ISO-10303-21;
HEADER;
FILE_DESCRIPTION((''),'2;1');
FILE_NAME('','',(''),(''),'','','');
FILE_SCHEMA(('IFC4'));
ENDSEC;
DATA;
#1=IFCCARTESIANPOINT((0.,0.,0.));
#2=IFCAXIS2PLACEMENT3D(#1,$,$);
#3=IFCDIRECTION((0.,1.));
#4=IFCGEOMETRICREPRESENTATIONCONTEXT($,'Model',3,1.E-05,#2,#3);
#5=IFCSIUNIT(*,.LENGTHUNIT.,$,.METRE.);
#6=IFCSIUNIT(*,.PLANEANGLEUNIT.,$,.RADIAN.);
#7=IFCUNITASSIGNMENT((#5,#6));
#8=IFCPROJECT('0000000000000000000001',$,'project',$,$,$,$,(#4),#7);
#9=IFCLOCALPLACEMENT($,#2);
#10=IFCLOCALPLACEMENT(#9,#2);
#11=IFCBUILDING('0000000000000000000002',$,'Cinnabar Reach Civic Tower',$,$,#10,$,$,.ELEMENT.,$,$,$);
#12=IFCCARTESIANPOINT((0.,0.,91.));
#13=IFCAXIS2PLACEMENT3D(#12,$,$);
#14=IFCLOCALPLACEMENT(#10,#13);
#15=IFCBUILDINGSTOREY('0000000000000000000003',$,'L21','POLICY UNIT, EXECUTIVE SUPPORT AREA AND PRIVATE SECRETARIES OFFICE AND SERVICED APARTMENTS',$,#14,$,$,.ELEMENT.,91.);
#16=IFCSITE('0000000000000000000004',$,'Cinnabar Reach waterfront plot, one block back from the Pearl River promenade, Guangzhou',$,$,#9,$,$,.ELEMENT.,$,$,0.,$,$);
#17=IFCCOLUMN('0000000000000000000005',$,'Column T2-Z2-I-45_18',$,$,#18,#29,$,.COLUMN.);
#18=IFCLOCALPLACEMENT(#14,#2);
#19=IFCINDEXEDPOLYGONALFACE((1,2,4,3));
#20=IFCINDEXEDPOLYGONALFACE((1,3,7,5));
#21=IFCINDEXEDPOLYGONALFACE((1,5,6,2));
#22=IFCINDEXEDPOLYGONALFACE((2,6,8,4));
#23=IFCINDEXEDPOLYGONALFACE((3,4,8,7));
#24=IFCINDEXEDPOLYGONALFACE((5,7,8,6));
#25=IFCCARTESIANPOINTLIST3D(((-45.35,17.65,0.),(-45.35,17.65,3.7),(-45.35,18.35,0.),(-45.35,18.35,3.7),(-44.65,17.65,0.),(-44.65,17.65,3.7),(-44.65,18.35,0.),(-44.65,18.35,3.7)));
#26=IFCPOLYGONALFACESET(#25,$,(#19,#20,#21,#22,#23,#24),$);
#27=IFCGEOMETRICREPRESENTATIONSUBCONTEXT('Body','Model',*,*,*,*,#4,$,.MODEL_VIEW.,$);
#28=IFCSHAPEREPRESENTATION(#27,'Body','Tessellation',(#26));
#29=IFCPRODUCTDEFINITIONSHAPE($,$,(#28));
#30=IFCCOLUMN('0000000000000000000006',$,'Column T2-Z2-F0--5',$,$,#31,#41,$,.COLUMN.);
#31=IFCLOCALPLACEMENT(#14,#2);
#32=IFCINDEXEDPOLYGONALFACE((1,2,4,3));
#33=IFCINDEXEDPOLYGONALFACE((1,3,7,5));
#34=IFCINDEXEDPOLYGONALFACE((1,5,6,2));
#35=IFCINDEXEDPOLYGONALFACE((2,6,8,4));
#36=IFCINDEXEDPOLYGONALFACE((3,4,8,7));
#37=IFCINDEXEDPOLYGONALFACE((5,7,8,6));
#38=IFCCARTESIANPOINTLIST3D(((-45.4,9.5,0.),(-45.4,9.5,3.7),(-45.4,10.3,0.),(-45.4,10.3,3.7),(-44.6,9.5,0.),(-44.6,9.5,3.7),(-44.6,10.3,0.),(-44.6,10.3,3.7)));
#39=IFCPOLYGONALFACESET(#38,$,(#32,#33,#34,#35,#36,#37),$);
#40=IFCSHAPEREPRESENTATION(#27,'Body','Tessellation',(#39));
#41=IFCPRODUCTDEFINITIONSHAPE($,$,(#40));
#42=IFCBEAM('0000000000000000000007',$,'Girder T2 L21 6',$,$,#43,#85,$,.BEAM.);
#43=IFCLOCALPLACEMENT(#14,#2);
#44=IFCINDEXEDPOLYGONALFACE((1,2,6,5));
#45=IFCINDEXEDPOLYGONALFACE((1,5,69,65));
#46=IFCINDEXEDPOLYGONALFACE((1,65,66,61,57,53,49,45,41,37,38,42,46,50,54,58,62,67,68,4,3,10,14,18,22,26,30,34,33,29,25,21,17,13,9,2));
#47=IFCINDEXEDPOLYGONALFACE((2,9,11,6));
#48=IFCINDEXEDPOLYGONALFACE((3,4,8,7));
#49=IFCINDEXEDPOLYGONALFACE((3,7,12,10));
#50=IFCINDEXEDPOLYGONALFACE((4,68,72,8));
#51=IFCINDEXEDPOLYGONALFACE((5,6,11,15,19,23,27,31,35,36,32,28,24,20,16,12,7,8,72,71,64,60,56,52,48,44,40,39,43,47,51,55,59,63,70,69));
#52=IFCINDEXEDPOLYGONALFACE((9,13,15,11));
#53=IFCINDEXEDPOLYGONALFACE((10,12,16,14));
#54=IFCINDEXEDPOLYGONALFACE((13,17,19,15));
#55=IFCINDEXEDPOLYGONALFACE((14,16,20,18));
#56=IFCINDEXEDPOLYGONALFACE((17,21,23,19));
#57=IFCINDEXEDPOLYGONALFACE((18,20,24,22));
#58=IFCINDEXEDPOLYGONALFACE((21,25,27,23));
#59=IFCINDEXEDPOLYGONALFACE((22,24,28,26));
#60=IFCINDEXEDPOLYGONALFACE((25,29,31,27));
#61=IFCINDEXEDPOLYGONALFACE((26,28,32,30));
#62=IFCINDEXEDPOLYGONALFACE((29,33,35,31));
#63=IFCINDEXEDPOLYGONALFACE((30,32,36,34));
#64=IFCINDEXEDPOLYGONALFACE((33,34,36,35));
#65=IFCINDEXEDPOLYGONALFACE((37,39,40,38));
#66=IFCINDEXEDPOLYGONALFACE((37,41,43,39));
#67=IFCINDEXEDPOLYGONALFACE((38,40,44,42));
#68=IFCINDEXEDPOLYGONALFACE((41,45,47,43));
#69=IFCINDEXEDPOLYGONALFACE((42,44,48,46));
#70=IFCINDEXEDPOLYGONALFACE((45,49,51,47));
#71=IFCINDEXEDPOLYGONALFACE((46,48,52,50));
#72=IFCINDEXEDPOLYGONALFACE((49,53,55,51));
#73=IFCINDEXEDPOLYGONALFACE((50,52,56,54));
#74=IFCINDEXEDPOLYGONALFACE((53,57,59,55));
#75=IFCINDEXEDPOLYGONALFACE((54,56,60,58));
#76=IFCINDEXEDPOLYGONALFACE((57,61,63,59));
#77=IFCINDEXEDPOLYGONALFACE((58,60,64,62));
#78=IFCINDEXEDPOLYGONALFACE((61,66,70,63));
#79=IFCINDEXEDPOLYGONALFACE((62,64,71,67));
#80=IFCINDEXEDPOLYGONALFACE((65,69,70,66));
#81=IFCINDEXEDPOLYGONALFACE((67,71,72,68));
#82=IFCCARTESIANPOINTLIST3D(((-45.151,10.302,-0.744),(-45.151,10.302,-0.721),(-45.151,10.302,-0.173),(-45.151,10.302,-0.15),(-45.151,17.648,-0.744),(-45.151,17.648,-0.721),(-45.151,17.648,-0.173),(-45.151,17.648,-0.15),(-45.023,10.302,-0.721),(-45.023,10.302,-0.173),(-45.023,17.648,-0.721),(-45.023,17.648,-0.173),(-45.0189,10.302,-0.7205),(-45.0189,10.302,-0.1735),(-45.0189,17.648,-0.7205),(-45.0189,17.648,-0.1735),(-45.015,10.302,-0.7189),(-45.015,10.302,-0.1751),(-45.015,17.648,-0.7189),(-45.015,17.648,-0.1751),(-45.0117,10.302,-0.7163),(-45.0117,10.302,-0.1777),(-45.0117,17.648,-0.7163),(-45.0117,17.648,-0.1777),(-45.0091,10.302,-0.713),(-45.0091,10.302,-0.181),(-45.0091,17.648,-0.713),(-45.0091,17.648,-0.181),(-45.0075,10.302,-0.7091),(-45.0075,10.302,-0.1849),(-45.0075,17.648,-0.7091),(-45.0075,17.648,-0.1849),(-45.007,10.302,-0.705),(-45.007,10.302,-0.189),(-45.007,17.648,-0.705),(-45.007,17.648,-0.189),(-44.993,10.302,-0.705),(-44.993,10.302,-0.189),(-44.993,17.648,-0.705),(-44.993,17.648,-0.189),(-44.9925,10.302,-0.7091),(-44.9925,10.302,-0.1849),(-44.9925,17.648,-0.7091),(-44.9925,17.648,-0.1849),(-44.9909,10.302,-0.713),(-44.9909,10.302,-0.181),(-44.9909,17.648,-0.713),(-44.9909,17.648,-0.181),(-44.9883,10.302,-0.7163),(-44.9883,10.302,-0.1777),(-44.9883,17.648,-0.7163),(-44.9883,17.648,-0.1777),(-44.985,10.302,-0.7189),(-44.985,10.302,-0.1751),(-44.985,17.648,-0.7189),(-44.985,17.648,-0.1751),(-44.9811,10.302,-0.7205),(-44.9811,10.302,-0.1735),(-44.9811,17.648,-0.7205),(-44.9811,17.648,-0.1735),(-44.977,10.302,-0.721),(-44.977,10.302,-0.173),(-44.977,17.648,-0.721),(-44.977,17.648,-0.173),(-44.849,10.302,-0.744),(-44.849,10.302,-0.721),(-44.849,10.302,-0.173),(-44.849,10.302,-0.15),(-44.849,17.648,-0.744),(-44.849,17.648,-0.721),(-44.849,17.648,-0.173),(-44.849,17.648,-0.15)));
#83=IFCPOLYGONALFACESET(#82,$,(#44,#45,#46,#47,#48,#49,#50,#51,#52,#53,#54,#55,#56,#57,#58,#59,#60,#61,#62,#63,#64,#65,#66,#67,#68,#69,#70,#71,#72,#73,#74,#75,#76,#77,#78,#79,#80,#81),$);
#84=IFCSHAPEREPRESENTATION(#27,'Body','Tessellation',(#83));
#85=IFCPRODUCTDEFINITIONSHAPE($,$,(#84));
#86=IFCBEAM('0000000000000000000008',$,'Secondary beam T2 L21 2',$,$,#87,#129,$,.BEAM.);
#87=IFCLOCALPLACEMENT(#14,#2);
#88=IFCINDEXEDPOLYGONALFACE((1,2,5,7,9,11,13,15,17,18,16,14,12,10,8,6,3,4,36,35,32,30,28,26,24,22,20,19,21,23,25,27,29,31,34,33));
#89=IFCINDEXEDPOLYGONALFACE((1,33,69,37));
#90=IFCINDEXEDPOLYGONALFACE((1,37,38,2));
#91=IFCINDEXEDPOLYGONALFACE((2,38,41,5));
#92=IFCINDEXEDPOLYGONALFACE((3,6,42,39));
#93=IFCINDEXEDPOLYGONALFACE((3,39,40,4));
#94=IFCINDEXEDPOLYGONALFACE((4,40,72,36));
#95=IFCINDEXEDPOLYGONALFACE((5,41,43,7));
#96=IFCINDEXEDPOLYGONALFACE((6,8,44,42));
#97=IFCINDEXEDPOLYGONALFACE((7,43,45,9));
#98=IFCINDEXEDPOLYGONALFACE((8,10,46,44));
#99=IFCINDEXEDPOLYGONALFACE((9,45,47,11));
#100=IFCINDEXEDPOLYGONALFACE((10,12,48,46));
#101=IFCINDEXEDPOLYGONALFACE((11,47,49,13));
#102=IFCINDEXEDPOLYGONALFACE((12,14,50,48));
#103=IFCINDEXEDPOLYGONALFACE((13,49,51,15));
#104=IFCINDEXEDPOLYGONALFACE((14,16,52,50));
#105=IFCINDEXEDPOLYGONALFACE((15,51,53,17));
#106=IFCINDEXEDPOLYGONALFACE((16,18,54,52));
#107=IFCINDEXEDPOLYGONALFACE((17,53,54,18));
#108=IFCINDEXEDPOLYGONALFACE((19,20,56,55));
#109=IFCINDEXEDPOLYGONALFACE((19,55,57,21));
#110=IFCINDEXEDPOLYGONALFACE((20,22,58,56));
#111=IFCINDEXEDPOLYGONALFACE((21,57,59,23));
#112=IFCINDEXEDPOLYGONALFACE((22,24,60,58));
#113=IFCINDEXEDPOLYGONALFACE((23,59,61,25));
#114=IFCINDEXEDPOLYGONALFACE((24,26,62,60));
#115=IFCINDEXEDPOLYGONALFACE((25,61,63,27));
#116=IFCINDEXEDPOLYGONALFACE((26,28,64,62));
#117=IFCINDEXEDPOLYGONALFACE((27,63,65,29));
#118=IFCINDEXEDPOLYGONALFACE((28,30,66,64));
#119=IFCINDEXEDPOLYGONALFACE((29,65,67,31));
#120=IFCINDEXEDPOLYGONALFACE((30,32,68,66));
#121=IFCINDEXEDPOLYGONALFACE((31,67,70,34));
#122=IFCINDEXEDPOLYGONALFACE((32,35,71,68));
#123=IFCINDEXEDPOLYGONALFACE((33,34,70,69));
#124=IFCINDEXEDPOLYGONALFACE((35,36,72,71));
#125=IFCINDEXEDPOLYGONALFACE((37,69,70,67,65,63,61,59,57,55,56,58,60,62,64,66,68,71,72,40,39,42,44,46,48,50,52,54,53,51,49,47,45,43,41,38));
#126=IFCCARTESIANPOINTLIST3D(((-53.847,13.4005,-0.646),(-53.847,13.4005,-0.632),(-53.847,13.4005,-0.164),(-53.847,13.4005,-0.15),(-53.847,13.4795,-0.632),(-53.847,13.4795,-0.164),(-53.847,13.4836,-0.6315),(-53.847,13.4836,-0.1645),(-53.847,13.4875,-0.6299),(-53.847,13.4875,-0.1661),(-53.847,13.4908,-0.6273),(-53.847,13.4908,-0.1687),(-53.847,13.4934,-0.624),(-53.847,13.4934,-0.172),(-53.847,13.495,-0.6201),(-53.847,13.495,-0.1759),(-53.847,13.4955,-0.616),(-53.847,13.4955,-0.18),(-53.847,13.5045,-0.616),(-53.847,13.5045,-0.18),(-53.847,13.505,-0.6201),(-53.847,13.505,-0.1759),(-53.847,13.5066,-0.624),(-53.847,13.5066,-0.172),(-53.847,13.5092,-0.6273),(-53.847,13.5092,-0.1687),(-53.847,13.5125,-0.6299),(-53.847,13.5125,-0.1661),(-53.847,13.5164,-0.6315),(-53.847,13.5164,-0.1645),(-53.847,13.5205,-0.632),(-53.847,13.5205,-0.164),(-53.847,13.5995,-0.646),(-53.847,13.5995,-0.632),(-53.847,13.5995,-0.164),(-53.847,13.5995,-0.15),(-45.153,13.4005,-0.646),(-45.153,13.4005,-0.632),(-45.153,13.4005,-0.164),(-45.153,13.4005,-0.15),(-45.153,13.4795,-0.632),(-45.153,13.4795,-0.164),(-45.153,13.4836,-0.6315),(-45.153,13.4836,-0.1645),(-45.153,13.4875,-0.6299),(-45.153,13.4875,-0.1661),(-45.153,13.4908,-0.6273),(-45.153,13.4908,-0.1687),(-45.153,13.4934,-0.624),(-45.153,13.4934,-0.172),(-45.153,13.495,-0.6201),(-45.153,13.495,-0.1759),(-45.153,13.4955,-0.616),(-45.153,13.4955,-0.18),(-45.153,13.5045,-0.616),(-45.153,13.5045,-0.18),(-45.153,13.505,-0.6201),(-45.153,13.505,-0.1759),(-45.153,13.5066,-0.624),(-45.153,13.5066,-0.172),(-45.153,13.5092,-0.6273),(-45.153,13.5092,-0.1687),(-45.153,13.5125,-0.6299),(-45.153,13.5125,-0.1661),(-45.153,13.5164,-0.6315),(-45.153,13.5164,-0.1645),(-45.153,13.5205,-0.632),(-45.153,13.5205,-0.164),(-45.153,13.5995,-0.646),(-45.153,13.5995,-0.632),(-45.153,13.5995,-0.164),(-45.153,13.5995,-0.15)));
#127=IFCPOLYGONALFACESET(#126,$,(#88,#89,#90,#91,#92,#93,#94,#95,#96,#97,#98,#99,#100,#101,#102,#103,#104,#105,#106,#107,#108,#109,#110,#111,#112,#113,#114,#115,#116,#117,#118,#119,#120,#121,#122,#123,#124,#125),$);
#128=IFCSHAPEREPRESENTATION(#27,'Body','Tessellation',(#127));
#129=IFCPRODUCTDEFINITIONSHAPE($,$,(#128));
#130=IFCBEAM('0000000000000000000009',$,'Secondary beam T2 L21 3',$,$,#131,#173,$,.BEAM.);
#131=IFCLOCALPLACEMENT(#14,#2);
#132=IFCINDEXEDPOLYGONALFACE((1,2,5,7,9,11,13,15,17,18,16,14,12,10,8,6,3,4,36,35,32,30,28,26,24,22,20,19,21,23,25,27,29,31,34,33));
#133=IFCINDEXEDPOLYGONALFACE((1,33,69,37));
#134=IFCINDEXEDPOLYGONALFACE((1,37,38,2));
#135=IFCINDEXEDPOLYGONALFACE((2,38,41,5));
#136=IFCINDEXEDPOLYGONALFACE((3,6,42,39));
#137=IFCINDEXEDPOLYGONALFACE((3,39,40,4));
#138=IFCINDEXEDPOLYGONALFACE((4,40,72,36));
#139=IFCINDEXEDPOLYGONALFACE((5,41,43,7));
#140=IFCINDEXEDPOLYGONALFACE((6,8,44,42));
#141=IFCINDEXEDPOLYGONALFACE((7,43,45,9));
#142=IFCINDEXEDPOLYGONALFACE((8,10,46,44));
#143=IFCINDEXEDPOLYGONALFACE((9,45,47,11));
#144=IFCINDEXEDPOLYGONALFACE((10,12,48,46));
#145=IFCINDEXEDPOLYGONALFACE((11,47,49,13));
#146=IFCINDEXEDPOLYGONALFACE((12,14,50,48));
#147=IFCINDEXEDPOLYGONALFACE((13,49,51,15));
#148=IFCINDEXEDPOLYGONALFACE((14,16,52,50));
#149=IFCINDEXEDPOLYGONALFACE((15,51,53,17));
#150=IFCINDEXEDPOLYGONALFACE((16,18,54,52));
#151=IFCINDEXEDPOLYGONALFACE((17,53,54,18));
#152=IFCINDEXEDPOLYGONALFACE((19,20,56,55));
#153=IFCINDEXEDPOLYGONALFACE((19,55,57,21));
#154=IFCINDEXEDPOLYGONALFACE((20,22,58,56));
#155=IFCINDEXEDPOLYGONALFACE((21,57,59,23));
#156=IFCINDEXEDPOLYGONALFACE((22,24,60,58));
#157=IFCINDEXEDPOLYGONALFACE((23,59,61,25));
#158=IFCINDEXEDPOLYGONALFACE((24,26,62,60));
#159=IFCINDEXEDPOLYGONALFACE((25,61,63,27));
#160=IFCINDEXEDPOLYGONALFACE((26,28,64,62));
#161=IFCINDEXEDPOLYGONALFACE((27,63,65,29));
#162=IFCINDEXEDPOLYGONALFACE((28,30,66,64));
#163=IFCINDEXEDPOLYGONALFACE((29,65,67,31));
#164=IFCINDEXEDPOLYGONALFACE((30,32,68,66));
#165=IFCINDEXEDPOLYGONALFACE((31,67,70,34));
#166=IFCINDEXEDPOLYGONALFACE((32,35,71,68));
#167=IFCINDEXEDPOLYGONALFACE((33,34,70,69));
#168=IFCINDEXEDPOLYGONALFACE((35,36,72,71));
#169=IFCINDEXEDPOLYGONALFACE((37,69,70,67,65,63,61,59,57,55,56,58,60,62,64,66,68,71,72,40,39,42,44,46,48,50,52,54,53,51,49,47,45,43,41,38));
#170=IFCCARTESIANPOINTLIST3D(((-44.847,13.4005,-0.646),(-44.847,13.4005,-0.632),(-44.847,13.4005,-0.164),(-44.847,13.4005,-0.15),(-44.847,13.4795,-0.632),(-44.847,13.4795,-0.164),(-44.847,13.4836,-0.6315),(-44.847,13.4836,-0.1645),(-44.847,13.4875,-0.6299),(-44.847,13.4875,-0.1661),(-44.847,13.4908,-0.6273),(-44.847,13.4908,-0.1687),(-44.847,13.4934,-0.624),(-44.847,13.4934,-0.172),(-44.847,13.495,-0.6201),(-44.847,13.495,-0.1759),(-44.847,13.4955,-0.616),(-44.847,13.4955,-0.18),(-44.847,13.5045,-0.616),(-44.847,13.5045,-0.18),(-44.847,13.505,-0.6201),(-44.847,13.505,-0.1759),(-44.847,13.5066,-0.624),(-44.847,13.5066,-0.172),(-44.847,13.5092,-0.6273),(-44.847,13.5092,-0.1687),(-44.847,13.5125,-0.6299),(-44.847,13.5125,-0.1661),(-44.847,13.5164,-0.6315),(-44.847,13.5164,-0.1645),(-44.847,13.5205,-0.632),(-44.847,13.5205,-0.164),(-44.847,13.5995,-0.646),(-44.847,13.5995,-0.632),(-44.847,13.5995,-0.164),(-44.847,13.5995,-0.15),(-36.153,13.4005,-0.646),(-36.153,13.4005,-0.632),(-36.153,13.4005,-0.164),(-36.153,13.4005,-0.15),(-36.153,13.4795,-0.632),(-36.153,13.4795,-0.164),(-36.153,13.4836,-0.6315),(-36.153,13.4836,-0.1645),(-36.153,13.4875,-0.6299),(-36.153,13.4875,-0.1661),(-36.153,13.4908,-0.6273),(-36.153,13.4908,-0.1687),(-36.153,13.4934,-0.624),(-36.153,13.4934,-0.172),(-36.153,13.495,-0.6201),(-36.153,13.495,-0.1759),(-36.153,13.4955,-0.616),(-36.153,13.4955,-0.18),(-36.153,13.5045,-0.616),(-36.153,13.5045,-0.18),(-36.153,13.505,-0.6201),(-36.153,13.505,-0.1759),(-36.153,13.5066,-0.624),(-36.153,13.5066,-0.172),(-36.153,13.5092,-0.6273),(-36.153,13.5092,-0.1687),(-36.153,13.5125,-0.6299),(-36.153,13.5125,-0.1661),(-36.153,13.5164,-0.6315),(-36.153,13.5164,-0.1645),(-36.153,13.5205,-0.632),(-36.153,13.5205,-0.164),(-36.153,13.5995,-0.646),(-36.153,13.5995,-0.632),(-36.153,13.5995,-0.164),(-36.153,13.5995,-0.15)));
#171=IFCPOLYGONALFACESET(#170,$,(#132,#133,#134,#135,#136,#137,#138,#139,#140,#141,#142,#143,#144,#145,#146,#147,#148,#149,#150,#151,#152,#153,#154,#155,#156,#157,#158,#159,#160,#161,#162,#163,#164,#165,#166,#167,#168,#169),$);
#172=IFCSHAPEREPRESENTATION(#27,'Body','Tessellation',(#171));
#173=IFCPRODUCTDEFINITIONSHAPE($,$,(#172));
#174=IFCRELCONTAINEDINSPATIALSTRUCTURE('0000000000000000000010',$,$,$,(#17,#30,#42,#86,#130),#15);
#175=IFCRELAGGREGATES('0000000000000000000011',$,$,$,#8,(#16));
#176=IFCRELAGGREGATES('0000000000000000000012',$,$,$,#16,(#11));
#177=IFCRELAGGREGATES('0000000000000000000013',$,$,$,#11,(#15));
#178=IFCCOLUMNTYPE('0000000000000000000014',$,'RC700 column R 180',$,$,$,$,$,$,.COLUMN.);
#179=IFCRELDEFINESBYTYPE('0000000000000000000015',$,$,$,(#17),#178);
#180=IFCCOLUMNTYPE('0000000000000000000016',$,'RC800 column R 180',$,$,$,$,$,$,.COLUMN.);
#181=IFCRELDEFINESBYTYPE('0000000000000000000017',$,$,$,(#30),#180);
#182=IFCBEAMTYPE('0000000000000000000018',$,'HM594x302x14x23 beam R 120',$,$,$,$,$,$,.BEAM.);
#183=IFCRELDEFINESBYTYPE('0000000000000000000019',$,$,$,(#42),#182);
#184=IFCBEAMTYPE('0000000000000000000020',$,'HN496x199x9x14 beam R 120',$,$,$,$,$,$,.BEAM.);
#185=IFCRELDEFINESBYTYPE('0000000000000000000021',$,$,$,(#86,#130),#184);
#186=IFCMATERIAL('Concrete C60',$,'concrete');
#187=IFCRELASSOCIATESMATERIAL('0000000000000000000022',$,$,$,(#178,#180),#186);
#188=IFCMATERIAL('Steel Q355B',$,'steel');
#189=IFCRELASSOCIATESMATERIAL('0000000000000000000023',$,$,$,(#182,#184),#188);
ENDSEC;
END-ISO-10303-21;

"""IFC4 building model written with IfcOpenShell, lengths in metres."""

from ifc_helpers import new_model, si_unit, direction, frame, origin, origin_2d, place, context, subcontext, project, spatial, rectangle, i_section, extrude, material, material_profile, profile_set, type_object, element, save


model = new_model("IFC4")

# Units and contexts
model_context = context("Model", 3, precision=1e-05, world=origin(), true_north=direction((0.0, 1.0)))
body_context = subcontext(model_context, "Body", "Model", "MODEL_VIEW")
ifc_project = project(units=[si_unit("LENGTHUNIT", "METRE"), si_unit("PLANEANGLEUNIT", "RADIAN")], contexts=[model_context])

# Site, building, storey
site_placement = place(None, origin())
site = spatial("IfcSite", under=ifc_project, at=site_placement, Name="Cinnabar Reach waterfront plot, one block back from the Pearl River promenade, Guangzhou", CompositionType="ELEMENT", RefElevation=0.0)
building_placement = place(site_placement, origin())
building = spatial("IfcBuilding", under=site, at=building_placement, Name="Cinnabar Reach Civic Tower", CompositionType="ELEMENT")
storey_placement = place(building_placement, frame((0.0, 0.0, 91.0)))
storey = spatial("IfcBuildingStorey", under=building, at=storey_placement, Name="L21", Description="POLICY UNIT, EXECUTIVE SUPPORT AREA AND PRIVATE SECRETARIES OFFICE AND SERVICED APARTMENTS", CompositionType="ELEMENT", Elevation=91.0)

# Columns
ifc_material_1 = material(Name="Concrete C60", Category="concrete")
ifc_material_profile_1 = material_profile(ifc_material_1, rectangle(XDim=0.7, YDim=0.7, at=origin_2d()), Name="RC700")
ifc_profile_set_1 = profile_set([ifc_material_profile_1], Name="Concrete C60")
column_type_1 = type_object("IfcColumnType", Name="RC700 column R 180", PredefinedType="COLUMN", material=ifc_profile_set_1)
column_1_placement = place(storey_placement, frame((-45.0, 18.0, 0.0), z_axis=(0.0, 0.0, 1.0), x_axis=(1.0, 0.0, 0.0)))
element("IfcColumn", 1, at=column_1_placement, inside=storey, type_object=column_type_1, Name="Column T2-Z2-I-45_18", PredefinedType="COLUMN", context=body_context, shape_type="SweptSolid", body=[
    extrude(rectangle(XDim=0.7, YDim=0.7, at=origin_2d()), origin(), (0.0, 0.0, 1.0), 3.7),
])
ifc_material_profile_2 = material_profile(ifc_material_1, rectangle(XDim=0.8, YDim=0.8, at=origin_2d()), Name="RC800")
ifc_profile_set_2 = profile_set([ifc_material_profile_2], Name="Concrete C60")
column_type_2 = type_object("IfcColumnType", Name="RC800 column R 180", PredefinedType="COLUMN", material=ifc_profile_set_2)
column_2_placement = place(storey_placement, frame((-45.0, 9.9, 0.0), z_axis=(0.0, 0.0, 1.0), x_axis=(1.0, 0.0, 0.0)))
element("IfcColumn", 2, at=column_2_placement, inside=storey, type_object=column_type_2, Name="Column T2-Z2-F0--5", PredefinedType="COLUMN", context=body_context, shape_type="SweptSolid", body=[
    extrude(rectangle(XDim=0.8, YDim=0.8, at=origin_2d()), origin(), (0.0, 0.0, 1.0), 3.7),
])

# Beams
ifc_material_2 = material(Name="Steel Q355B", Category="steel")
ifc_material_profile_3 = material_profile(ifc_material_2, i_section(OverallWidth=0.302, OverallDepth=0.594, WebThickness=0.014, FlangeThickness=0.023, FilletRadius=0.016, at=origin_2d()), Name="HM594x302x14x23")
ifc_profile_set_3 = profile_set([ifc_material_profile_3], Name="Steel Q355B")
beam_type_1 = type_object("IfcBeamType", Name="HM594x302x14x23 beam R 120", PredefinedType="BEAM", material=ifc_profile_set_3)
beam_1_placement = place(storey_placement, frame((-45.0, 10.302, -0.447), z_axis=(0.0, 1.0, 0.0), x_axis=(-1.0, 0.0, 0.0)))
element("IfcBeam", 3, at=beam_1_placement, inside=storey, type_object=beam_type_1, Name="Girder T2 L21 6", PredefinedType="BEAM", context=body_context, shape_type="SweptSolid", body=[
    extrude(i_section(OverallWidth=0.302, OverallDepth=0.594, WebThickness=0.014, FlangeThickness=0.023, FilletRadius=0.016, at=origin_2d()), origin(), (0.0, 0.0, 1.0), 7.346),
])
ifc_material_profile_4 = material_profile(ifc_material_2, i_section(OverallWidth=0.199, OverallDepth=0.496, WebThickness=0.009, FlangeThickness=0.014, FilletRadius=0.016, at=origin_2d()), Name="HN496x199x9x14")
ifc_profile_set_4 = profile_set([ifc_material_profile_4], Name="Steel Q355B")
beam_type_2 = type_object("IfcBeamType", Name="HN496x199x9x14 beam R 120", PredefinedType="BEAM", material=ifc_profile_set_4)
for number, where, z_axis, x_axis, name in (
    (4, (-53.847, 13.5, -0.398), (1.0, 0.0, 0.0), (0.0, 1.0, 0.0), "Secondary beam T2 L21 2"),
    (5, (-44.847, 13.5, -0.398), (1.0, 0.0, 0.0), (0.0, 1.0, 0.0), "Secondary beam T2 L21 3"),
):
    element("IfcBeam", number, at=place(storey_placement, frame(where, z_axis=z_axis, x_axis=x_axis)), inside=storey, type_object=beam_type_2, Name=name, PredefinedType="BEAM", context=body_context, shape_type="SweptSolid", body=[
        extrude(i_section(OverallWidth=0.199, OverallDepth=0.496, WebThickness=0.009, FlangeThickness=0.014, FilletRadius=0.016, at=origin_2d()), origin(), (0.0, 0.0, 1.0), 8.694),
    ])

save(model, "model.ifc")
